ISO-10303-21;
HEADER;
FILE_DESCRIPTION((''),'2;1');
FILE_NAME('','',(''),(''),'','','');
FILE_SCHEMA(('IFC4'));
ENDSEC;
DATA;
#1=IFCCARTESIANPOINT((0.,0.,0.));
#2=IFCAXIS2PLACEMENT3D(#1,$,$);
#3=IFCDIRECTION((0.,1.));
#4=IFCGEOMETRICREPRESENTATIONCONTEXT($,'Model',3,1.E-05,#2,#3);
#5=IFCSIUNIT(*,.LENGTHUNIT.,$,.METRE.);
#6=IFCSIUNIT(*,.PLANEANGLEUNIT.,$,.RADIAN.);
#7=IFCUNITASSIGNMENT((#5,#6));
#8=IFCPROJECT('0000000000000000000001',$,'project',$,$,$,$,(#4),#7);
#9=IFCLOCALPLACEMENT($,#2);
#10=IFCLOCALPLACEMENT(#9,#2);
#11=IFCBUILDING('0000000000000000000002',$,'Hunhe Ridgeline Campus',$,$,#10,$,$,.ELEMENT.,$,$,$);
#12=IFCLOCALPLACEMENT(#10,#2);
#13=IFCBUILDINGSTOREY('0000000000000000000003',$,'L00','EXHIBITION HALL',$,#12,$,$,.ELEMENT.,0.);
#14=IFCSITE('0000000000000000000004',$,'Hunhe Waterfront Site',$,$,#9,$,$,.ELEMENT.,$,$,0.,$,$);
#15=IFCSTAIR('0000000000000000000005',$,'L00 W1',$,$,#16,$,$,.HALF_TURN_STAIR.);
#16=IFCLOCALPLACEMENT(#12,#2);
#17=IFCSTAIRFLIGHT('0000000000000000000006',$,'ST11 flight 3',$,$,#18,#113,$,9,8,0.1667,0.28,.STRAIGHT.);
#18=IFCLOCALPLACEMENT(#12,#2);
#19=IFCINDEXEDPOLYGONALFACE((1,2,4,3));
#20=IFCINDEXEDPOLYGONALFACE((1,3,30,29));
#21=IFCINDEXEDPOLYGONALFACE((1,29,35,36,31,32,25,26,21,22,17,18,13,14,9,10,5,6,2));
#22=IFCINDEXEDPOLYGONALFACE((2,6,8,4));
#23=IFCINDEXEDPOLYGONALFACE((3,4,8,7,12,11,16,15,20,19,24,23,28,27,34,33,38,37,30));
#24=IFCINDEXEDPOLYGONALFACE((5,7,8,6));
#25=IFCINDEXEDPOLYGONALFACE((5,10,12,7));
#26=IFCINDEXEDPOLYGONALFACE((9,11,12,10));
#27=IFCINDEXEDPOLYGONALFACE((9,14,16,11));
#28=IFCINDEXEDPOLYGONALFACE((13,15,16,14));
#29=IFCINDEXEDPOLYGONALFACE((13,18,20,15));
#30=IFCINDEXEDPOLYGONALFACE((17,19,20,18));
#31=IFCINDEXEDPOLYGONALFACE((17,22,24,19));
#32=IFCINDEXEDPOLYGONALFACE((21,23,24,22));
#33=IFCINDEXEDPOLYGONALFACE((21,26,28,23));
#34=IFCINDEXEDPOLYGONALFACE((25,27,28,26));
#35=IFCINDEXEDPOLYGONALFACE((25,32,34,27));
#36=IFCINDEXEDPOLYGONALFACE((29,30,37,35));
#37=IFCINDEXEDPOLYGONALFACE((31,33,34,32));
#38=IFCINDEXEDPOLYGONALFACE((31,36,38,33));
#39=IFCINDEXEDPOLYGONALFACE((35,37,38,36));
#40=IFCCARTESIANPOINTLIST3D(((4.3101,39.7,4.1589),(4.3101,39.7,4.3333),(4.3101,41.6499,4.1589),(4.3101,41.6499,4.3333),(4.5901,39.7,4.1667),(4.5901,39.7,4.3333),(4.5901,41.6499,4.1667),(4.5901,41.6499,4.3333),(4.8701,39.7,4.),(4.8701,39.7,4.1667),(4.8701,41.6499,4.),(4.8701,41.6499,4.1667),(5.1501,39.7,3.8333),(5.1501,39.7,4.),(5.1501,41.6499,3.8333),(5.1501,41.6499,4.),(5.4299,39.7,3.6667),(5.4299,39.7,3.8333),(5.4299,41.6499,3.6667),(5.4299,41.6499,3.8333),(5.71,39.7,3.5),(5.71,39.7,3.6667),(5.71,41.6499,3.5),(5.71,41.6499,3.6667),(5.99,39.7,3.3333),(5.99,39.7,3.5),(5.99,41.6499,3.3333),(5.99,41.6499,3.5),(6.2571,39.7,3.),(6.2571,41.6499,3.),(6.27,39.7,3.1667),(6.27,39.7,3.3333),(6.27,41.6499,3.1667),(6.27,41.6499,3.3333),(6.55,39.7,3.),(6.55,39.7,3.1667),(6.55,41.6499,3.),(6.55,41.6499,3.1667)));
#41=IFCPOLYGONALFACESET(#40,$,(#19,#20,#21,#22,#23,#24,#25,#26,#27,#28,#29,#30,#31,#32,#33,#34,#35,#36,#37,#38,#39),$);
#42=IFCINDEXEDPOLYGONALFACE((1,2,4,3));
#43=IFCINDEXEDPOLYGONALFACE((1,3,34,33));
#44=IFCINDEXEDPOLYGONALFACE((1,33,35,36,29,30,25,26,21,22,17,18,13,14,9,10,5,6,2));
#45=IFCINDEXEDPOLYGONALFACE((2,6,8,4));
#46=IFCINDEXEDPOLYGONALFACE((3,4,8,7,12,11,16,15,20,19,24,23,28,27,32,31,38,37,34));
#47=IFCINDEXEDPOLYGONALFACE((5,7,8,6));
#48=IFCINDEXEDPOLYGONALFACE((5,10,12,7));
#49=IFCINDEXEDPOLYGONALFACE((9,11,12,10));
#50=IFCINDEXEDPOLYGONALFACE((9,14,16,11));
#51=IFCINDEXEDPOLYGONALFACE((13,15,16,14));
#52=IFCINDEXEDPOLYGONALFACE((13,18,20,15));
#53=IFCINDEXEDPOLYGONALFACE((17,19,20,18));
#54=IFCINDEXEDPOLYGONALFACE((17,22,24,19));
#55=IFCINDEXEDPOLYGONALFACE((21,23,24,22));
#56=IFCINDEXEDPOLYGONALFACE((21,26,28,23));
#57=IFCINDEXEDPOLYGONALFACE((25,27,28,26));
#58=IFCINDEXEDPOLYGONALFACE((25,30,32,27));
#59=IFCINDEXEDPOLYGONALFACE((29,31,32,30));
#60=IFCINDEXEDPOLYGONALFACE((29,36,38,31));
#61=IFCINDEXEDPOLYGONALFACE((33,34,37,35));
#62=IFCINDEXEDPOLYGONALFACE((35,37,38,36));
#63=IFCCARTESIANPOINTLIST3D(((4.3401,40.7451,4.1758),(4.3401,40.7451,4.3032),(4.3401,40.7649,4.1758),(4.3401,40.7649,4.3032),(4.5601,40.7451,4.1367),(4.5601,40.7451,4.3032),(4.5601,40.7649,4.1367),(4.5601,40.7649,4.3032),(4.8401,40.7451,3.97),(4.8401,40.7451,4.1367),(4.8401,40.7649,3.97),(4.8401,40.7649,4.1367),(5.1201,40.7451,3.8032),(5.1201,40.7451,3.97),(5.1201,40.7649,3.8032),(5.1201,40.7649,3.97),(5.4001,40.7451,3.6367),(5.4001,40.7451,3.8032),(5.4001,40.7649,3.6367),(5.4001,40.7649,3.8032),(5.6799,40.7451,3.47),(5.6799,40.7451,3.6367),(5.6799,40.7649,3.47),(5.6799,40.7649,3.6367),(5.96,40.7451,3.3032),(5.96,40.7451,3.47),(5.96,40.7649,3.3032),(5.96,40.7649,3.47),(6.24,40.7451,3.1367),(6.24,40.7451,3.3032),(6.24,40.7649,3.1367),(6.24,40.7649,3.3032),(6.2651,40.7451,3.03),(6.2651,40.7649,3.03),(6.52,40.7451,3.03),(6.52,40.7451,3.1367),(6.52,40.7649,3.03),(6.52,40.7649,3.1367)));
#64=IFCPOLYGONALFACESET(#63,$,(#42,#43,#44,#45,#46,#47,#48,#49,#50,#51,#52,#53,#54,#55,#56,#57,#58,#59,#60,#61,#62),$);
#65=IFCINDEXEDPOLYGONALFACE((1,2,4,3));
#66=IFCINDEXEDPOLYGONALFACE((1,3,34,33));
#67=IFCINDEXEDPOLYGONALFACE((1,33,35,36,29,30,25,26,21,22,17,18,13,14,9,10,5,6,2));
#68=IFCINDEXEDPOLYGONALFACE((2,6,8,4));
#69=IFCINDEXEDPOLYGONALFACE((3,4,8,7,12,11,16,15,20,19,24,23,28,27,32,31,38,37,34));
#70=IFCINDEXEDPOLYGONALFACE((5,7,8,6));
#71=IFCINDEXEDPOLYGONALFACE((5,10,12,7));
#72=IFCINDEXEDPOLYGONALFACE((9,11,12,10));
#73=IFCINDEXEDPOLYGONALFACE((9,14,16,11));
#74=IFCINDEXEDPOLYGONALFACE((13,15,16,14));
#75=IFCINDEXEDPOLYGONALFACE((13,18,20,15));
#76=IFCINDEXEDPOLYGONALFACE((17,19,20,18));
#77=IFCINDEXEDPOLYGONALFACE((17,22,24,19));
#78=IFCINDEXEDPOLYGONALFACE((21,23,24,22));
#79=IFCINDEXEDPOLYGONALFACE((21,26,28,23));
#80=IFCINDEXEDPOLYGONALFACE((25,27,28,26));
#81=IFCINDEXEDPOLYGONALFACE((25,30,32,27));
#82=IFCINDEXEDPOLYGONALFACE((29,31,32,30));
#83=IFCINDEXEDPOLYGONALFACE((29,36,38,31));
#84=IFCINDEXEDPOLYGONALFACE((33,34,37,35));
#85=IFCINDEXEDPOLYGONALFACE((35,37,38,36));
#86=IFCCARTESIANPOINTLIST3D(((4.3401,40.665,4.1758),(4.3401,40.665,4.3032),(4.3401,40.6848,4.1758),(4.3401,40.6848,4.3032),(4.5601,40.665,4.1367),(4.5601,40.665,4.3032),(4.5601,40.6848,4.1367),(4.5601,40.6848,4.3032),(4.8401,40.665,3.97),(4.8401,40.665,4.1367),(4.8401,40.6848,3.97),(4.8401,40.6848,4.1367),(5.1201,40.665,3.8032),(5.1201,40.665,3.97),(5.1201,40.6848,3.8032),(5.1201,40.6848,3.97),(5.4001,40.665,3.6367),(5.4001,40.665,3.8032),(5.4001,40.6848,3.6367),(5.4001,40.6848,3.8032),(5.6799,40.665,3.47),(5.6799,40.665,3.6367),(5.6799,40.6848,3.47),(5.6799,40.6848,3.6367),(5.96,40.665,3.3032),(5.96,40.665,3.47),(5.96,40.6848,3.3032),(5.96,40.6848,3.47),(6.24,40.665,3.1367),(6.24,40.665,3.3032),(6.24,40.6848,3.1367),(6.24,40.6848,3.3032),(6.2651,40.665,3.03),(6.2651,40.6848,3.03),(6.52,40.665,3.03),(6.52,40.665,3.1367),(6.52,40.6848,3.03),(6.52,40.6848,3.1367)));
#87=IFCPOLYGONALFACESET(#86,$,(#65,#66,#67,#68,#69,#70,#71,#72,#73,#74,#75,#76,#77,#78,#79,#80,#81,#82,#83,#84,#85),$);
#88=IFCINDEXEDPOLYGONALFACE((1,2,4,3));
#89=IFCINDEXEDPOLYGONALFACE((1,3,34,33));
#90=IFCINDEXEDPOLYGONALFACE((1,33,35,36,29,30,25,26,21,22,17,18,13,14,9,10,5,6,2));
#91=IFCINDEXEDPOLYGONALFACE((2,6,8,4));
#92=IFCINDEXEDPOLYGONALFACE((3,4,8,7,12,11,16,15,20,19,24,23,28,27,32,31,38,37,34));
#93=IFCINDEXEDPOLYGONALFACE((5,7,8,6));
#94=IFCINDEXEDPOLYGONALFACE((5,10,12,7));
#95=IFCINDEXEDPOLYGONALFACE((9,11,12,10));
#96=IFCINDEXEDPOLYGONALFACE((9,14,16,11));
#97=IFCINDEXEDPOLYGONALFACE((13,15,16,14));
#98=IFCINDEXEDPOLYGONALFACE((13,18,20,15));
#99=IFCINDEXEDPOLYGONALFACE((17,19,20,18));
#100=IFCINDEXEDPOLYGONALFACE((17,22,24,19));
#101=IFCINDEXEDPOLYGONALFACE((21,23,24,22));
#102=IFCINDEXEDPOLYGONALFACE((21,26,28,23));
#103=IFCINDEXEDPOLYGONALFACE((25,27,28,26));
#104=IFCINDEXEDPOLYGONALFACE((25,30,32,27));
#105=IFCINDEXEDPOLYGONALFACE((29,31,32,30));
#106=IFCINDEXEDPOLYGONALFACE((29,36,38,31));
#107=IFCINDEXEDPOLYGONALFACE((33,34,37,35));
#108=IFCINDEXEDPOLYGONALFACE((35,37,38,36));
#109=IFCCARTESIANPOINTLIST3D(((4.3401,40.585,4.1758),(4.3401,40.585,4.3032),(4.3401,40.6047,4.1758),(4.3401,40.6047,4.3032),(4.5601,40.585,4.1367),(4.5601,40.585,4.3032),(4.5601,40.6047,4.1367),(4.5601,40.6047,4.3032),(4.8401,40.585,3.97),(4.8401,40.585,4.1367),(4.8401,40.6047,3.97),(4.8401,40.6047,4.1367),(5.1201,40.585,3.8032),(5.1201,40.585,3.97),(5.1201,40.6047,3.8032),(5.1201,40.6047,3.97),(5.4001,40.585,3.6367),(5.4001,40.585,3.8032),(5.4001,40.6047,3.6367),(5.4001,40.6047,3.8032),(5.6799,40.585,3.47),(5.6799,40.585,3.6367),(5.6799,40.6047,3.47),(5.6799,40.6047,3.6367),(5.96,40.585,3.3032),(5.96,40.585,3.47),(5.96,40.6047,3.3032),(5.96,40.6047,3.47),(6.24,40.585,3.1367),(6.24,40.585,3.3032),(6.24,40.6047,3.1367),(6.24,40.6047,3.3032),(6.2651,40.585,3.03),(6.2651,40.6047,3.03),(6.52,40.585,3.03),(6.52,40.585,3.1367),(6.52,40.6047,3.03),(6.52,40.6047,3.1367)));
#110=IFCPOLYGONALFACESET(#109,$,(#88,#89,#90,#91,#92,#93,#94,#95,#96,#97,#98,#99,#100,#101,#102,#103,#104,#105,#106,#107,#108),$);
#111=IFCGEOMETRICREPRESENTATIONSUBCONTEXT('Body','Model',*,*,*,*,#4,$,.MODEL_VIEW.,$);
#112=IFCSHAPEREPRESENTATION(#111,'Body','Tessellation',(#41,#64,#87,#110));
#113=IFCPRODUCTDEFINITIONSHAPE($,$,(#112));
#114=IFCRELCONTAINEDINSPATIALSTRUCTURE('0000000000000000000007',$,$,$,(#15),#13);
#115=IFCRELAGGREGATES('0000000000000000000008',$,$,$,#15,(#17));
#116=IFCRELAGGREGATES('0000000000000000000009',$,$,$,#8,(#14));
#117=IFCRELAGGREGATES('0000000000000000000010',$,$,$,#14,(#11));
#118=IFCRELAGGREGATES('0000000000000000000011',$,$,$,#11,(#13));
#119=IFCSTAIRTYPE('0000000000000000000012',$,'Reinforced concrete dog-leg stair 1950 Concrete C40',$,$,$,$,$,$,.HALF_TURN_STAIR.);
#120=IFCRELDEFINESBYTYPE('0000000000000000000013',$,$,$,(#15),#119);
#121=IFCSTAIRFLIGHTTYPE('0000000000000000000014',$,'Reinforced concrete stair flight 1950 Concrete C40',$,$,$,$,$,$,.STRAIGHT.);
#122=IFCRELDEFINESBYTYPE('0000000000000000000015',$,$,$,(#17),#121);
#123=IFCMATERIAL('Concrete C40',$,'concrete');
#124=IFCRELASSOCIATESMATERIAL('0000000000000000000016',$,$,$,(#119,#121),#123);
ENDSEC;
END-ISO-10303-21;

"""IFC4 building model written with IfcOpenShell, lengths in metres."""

from ifc_helpers import new_model, si_unit, direction, frame, origin, place, context, subcontext, project, spatial, polyline, outline, extrude, material, type_object, element, aggregate, save


model = new_model("IFC4")

# Units and contexts
model_context = context("Model", 3, precision=1e-05, world=origin(), true_north=direction((0.0, 1.0)))
body_context = subcontext(model_context, "Body", "Model", "MODEL_VIEW")
ifc_project = project(units=[si_unit("LENGTHUNIT", "METRE"), si_unit("PLANEANGLEUNIT", "RADIAN")], contexts=[model_context])

# Site, building, storey
site_placement = place(None, origin())
site = spatial("IfcSite", under=ifc_project, at=site_placement, Name="Hunhe Waterfront Site", CompositionType="ELEMENT", RefElevation=0.0)
building_placement = place(site_placement, origin())
building = spatial("IfcBuilding", under=site, at=building_placement, Name="Hunhe Ridgeline Campus", CompositionType="ELEMENT")
storey_placement = place(building_placement, origin())
storey = spatial("IfcBuildingStorey", under=building, at=storey_placement, Name="L00", Description="EXHIBITION HALL", CompositionType="ELEMENT", Elevation=0.0)

# Stair, stair flight
ifc_material_1 = material(Name="Concrete C40", Category="concrete")
stair_type = type_object("IfcStairType", Name="Reinforced concrete dog-leg stair 1950 Concrete C40", PredefinedType="HALF_TURN_STAIR", material=ifc_material_1)
stair_1_placement = place(storey_placement, origin())
stair_1 = element("IfcStair", 1, at=stair_1_placement, inside=storey, type_object=stair_type, Name="L00 W1", PredefinedType="HALF_TURN_STAIR")
stair_flight_type = type_object("IfcStairFlightType", Name="Reinforced concrete stair flight 1950 Concrete C40", PredefinedType="STRAIGHT", material=ifc_material_1)
stair_flight_1_placement = place(storey_placement, frame((6.55, 40.675, 3.0), z_axis=(0.0, 0.0, 1.0), x_axis=(-1.0, 0.0, 0.0)))
stair_flight_1 = element("IfcStairFlight", 2, at=stair_flight_1_placement, type_object=stair_flight_type, Name="ST11 flight 3", NumberOfRisers=9, NumberOfTreads=8, PredefinedType="STRAIGHT", RiserHeight=0.1667, TreadLength=0.28, context=body_context, shape_type="SweptSolid", body=[
    extrude(outline(polyline([(0.0, 0.0), (0.0, 0.1667), (0.28, 0.1667), (0.28, 0.3333), (0.5601, 0.3333), (0.5601, 0.5), (0.8401, 0.5), (0.8401, 0.6667), (1.1201, 0.6667), (1.1201, 0.8333), (1.3999, 0.8333), (1.3999, 1.0), (1.6799, 1.0), (1.6799, 1.1667), (1.96, 1.1667), (1.96, 1.3333), (2.24, 1.3333), (2.24, 1.5), (2.24, 1.1589), (0.293, 0.0), (0.0, 0.0)])), frame((0.0, 0.9751, 0.0), z_axis=(0.0, -1.0, 0.0), x_axis=(1.0, 0.0, 0.0)), (0.0, 0.0, 1.0), 1.95),
    extrude(outline(polyline([(0.03, 0.03), (0.03, 0.1367), (0.3101, 0.1367), (0.3101, 0.3032), (0.5901, 0.3032), (0.5901, 0.47), (0.8701, 0.47), (0.8701, 0.6367), (1.1499, 0.6367), (1.1499, 0.8032), (1.4299, 0.8032), (1.4299, 0.97), (1.71, 0.97), (1.71, 1.1367), (1.99, 1.1367), (1.99, 1.3032), (2.21, 1.3032), (2.21, 1.1758), (0.2849, 0.03), (0.03, 0.03)])), frame((0.0, -0.0701, 0.0), z_axis=(0.0, -1.0, 0.0), x_axis=(1.0, 0.0, 0.0)), (0.0, 0.0, 1.0), 0.0198),
    extrude(outline(polyline([(0.03, 0.03), (0.03, 0.1367), (0.3101, 0.1367), (0.3101, 0.3032), (0.5901, 0.3032), (0.5901, 0.47), (0.8701, 0.47), (0.8701, 0.6367), (1.1499, 0.6367), (1.1499, 0.8032), (1.4299, 0.8032), (1.4299, 0.97), (1.71, 0.97), (1.71, 1.1367), (1.99, 1.1367), (1.99, 1.3032), (2.21, 1.3032), (2.21, 1.1758), (0.2849, 0.03), (0.03, 0.03)])), frame((0.0, 0.01, 0.0), z_axis=(0.0, -1.0, 0.0), x_axis=(1.0, 0.0, 0.0)), (0.0, 0.0, 1.0), 0.0198),
    extrude(outline(polyline([(0.03, 0.03), (0.03, 0.1367), (0.3101, 0.1367), (0.3101, 0.3032), (0.5901, 0.3032), (0.5901, 0.47), (0.8701, 0.47), (0.8701, 0.6367), (1.1499, 0.6367), (1.1499, 0.8032), (1.4299, 0.8032), (1.4299, 0.97), (1.71, 0.97), (1.71, 1.1367), (1.99, 1.1367), (1.99, 1.3032), (2.21, 1.3032), (2.21, 1.1758), (0.2849, 0.03), (0.03, 0.03)])), frame((0.0, 0.0901, 0.0), z_axis=(0.0, -1.0, 0.0), x_axis=(1.0, 0.0, 0.0)), (0.0, 0.0, 1.0), 0.0198),
])
aggregate(stair_1, [stair_flight_1])

save(model, "model.ifc")
